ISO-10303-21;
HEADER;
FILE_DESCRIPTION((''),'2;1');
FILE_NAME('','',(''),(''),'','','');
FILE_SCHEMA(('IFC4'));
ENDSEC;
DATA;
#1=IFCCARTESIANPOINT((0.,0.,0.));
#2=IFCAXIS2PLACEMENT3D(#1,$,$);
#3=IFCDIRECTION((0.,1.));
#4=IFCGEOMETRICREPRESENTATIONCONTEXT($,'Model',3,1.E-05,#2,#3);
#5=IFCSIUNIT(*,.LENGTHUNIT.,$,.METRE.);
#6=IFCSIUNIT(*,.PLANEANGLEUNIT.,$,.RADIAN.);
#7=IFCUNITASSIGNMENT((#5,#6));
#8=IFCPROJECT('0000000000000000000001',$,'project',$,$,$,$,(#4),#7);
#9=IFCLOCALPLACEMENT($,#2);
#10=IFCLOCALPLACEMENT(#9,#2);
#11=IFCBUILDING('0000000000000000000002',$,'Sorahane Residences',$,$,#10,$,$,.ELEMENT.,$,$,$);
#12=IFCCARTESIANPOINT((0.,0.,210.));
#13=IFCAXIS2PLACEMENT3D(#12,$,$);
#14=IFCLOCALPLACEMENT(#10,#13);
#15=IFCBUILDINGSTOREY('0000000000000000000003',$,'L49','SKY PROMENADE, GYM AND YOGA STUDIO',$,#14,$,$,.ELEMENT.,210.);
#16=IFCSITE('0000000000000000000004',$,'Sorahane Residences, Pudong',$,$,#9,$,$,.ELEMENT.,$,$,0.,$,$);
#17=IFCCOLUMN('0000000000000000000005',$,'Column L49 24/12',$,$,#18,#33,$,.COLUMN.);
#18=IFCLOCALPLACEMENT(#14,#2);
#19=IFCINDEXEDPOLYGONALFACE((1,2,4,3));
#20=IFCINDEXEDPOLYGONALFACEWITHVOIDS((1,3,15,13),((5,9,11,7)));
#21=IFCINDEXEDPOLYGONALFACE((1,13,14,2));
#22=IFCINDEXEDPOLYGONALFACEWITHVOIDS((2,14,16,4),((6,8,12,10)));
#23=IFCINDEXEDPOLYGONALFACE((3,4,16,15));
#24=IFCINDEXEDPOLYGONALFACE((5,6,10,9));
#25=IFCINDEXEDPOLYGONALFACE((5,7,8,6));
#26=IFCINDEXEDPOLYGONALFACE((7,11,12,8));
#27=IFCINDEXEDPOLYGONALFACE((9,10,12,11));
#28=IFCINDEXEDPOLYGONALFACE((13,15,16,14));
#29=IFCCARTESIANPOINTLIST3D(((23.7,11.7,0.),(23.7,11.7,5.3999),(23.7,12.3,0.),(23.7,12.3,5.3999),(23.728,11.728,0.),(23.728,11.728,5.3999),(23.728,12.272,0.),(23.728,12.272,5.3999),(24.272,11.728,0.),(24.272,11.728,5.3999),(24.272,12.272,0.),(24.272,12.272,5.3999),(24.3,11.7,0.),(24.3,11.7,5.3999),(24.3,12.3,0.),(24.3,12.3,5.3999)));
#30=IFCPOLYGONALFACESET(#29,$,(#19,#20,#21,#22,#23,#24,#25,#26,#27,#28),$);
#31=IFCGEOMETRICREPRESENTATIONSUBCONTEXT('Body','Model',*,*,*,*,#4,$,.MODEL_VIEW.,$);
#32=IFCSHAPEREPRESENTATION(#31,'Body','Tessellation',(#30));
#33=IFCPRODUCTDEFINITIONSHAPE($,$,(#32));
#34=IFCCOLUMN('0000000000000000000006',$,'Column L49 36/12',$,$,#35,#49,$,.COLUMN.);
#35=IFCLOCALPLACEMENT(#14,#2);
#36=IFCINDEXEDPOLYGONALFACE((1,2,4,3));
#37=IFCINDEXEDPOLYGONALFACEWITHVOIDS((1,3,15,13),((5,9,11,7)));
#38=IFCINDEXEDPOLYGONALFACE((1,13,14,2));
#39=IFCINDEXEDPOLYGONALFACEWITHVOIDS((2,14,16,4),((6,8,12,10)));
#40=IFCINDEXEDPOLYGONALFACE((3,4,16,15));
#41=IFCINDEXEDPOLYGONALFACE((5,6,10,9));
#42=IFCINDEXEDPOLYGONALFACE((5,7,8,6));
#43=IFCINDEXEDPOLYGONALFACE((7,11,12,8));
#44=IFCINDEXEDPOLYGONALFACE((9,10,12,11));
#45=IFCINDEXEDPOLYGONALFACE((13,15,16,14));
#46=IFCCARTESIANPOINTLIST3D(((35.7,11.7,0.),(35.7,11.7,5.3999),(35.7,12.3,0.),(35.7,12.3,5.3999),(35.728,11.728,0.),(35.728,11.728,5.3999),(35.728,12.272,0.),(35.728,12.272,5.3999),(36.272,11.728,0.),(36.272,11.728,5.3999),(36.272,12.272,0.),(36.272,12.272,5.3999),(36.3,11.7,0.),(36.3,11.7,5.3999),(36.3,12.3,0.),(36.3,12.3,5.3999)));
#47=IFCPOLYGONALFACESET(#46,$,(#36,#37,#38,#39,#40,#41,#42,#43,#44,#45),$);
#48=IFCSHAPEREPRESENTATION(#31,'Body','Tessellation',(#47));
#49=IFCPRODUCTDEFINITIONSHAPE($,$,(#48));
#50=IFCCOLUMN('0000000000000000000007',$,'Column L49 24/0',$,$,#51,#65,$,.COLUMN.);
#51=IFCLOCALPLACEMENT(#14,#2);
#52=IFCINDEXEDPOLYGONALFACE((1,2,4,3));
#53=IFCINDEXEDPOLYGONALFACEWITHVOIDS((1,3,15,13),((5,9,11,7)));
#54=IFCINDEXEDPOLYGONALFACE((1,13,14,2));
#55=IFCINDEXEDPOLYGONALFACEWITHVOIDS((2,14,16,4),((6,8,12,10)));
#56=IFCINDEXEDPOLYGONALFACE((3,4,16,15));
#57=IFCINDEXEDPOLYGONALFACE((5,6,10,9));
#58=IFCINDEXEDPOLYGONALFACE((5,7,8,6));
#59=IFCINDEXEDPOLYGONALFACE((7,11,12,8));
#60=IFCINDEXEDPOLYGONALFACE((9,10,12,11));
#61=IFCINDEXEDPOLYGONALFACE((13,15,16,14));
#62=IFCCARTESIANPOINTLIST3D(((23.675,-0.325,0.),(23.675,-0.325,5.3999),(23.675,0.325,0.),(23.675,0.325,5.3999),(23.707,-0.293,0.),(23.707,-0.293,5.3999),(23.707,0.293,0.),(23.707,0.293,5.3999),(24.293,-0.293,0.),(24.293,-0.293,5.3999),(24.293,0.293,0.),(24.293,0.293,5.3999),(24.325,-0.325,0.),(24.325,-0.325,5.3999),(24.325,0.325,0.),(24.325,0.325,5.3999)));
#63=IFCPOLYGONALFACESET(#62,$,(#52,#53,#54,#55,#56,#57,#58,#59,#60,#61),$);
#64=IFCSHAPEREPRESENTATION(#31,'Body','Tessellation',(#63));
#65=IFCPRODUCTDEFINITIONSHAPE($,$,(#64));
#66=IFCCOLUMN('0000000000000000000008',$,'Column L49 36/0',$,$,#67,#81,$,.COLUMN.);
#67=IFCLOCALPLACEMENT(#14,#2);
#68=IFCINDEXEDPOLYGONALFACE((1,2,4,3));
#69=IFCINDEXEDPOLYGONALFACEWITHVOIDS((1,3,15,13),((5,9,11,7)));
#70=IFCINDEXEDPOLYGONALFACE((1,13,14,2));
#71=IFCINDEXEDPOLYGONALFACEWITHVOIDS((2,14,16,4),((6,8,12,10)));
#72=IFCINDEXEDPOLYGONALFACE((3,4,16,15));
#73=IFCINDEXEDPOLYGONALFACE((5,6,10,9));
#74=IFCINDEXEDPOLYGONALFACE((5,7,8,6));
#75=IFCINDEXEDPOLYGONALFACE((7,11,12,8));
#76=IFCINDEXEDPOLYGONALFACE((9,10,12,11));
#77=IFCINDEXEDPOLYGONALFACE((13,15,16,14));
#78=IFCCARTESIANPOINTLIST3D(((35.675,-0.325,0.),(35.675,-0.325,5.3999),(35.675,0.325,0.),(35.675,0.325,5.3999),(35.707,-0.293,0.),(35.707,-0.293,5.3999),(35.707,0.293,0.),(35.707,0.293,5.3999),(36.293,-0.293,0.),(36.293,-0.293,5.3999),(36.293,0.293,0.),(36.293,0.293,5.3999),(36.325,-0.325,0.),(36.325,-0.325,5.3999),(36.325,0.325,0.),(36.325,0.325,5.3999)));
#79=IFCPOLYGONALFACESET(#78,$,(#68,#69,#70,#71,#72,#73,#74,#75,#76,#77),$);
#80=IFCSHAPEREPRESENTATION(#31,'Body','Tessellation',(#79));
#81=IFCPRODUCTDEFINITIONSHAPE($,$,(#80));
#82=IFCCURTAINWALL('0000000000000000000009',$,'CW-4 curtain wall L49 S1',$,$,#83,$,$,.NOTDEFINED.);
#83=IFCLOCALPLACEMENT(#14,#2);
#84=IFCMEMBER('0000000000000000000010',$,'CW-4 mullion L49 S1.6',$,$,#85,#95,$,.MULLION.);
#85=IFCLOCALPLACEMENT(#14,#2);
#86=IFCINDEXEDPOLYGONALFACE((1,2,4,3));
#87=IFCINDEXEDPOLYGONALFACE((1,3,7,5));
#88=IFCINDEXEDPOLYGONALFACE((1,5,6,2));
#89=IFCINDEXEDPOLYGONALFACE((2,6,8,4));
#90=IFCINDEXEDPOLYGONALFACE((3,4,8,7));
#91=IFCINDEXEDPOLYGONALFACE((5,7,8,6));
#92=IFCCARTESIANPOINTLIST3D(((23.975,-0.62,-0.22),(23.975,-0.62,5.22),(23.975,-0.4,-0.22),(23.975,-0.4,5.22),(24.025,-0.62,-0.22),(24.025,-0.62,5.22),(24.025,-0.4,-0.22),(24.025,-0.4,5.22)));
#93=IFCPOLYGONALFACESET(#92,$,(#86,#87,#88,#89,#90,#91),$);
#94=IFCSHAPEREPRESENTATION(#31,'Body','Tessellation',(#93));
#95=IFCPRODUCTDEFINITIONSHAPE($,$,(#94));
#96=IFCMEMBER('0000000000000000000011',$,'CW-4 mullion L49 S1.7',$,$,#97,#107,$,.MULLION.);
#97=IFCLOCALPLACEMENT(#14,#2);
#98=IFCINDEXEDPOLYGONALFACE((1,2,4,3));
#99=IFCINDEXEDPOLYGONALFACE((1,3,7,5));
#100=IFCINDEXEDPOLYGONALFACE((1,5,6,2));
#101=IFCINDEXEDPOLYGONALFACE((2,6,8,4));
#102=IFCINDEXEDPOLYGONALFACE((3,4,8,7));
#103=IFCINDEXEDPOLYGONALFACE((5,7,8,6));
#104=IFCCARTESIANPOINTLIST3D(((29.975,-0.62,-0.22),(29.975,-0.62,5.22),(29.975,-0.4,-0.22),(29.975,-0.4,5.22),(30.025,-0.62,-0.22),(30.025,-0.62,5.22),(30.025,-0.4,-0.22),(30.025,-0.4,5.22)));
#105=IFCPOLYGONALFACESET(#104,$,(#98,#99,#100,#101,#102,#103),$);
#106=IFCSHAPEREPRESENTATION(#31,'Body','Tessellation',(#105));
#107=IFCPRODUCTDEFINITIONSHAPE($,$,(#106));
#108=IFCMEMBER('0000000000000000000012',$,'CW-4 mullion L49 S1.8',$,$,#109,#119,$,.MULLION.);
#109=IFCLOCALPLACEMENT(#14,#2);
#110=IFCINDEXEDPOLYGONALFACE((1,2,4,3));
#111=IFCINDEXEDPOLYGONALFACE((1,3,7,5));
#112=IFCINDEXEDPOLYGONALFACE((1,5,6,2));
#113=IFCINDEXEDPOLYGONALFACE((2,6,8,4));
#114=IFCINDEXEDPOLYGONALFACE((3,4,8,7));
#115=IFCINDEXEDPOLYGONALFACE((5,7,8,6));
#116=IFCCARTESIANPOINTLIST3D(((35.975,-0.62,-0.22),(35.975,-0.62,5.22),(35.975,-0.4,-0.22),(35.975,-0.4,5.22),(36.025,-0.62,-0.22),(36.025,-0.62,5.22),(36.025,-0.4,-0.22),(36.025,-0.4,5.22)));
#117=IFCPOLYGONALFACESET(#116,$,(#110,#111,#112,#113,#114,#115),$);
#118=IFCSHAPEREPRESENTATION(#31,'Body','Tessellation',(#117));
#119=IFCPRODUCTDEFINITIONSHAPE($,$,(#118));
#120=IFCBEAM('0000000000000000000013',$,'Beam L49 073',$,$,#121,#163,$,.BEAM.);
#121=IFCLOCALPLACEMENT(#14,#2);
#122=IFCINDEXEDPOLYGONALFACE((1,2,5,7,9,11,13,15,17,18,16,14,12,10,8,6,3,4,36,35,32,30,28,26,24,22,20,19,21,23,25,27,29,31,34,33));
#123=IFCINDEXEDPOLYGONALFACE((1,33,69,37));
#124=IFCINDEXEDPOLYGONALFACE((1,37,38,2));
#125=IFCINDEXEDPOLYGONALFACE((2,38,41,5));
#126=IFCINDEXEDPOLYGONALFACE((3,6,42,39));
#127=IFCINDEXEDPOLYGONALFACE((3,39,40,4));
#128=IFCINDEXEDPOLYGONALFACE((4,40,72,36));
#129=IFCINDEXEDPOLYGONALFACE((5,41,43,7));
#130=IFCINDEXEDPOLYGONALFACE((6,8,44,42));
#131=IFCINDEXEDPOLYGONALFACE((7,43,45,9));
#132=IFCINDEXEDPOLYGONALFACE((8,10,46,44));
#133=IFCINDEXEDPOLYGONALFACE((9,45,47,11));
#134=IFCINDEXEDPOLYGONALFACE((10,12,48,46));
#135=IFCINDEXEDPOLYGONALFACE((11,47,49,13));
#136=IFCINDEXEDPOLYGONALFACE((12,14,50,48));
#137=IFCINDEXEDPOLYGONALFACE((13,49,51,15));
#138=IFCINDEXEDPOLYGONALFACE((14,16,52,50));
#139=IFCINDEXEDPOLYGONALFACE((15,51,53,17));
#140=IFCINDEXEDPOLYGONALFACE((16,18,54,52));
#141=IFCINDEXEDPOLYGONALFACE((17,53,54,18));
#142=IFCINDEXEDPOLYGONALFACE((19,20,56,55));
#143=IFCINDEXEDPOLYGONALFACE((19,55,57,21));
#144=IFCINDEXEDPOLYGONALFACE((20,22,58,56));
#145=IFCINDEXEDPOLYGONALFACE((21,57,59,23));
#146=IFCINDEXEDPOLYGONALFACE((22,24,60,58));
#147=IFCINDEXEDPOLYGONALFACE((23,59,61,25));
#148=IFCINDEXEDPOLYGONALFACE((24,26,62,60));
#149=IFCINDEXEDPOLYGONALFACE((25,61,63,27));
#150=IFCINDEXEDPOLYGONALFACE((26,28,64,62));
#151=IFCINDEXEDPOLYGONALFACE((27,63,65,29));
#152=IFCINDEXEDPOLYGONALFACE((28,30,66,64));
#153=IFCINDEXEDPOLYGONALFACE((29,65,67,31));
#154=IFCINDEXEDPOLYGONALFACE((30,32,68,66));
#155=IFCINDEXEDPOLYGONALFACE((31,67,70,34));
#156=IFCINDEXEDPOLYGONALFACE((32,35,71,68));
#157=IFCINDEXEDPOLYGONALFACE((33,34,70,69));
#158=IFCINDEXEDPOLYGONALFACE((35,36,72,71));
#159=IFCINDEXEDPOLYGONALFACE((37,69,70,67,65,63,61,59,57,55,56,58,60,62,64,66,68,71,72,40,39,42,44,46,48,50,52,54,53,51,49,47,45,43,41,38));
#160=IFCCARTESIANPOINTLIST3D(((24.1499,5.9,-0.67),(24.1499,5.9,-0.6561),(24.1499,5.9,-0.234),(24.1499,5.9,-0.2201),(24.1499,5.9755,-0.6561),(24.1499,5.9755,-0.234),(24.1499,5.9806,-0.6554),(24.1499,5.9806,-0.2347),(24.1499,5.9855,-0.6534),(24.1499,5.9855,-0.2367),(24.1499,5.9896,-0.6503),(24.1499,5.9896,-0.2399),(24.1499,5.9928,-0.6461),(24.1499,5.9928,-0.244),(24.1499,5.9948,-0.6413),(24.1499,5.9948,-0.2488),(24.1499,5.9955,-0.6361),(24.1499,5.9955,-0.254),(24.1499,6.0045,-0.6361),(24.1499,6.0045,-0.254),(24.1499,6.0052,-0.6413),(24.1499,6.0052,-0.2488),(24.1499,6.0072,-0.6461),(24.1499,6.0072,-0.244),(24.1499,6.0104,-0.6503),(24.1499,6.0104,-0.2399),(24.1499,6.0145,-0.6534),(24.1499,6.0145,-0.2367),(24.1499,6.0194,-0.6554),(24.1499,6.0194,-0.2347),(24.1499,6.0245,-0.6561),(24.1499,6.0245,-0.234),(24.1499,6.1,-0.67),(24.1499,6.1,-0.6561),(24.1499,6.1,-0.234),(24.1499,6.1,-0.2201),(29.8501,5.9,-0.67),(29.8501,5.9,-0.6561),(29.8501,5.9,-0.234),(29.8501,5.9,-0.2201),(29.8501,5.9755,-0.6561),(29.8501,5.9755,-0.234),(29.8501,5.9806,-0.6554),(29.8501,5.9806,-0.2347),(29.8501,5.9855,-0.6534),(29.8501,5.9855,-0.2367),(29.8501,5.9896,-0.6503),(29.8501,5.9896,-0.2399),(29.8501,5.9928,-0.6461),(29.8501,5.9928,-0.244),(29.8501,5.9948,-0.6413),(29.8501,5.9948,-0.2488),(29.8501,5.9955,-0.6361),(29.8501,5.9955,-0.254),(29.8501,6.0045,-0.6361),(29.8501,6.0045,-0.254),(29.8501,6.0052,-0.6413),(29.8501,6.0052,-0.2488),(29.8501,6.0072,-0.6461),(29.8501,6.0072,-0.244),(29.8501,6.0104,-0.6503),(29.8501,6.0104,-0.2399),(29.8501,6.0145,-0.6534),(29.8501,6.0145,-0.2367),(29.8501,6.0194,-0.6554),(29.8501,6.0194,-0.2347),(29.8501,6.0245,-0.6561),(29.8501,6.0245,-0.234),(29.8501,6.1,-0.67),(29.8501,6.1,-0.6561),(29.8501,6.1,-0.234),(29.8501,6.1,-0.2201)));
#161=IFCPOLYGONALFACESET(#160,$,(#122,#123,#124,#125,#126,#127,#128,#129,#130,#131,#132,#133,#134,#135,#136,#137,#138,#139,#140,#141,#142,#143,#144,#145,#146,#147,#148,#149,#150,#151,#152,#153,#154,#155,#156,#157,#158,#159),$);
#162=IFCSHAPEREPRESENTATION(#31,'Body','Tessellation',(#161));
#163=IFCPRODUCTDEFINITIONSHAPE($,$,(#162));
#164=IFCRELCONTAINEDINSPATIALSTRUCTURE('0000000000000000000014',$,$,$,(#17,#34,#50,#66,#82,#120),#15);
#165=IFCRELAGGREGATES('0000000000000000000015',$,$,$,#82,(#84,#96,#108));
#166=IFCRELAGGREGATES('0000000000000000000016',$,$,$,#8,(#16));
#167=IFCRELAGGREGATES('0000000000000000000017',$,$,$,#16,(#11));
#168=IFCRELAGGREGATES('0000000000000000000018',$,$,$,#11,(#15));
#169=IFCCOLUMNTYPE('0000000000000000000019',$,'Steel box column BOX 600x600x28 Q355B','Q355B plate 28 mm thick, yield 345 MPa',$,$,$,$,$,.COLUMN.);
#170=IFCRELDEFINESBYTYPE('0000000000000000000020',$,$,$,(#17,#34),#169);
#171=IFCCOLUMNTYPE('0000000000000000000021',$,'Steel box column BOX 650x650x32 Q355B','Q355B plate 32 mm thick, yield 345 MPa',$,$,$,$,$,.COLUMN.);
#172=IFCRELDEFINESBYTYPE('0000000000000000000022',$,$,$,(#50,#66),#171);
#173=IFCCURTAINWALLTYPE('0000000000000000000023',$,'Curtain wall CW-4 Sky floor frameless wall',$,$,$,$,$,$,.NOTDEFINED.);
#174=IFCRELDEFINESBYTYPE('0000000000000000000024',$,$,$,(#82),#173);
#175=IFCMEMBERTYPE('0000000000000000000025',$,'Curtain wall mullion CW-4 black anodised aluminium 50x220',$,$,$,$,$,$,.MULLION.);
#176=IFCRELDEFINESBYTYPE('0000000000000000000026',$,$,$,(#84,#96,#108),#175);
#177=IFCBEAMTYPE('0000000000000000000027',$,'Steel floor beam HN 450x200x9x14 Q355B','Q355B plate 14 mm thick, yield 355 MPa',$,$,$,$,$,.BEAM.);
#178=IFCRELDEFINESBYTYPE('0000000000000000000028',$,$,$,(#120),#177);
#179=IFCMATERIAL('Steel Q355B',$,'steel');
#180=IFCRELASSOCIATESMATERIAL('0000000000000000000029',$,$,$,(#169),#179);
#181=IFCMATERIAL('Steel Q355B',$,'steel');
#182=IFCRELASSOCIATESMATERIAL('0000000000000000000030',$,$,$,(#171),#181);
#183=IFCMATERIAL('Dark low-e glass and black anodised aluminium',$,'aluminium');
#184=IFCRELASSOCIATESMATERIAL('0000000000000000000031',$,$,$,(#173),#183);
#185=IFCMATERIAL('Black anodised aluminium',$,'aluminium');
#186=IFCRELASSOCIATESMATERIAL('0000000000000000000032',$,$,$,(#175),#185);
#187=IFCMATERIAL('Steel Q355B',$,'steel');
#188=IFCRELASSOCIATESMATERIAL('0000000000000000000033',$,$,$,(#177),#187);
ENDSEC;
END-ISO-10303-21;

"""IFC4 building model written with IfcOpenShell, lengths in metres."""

from ifc_helpers import new_model, si_unit, direction, frame, origin, origin_2d, place, context, subcontext, project, spatial, rectangle, hollow_rectangle, i_section, extrude, material, material_profile, profile_set, type_object, element, aggregate, save


model = new_model("IFC4")

# Units and contexts
model_context = context("Model", 3, precision=1e-05, world=origin(), true_north=direction((0.0, 1.0)))
body_context = subcontext(model_context, "Body", "Model", "MODEL_VIEW")
ifc_project = project(units=[si_unit("LENGTHUNIT", "METRE"), si_unit("PLANEANGLEUNIT", "RADIAN")], contexts=[model_context])

# Site, building, storey
site_placement = place(None, origin())
site = spatial("IfcSite", under=ifc_project, at=site_placement, Name="Sorahane Residences, Pudong", CompositionType="ELEMENT", RefElevation=0.0)
building_placement = place(site_placement, origin())
building = spatial("IfcBuilding", under=site, at=building_placement, Name="Sorahane Residences", CompositionType="ELEMENT")
storey_placement = place(building_placement, frame((0.0, 0.0, 210.0)))
storey = spatial("IfcBuildingStorey", under=building, at=storey_placement, Name="L49", Description="SKY PROMENADE, GYM AND YOGA STUDIO", CompositionType="ELEMENT", Elevation=210.0)

# Columns
ifc_material_1 = material(Name="Steel Q355B", Category="steel")
ifc_material_profile_1 = material_profile(ifc_material_1, hollow_rectangle(XDim=0.6001, YDim=0.6001, WallThickness=0.0281, at=origin_2d()), Name="BOX 600x600x28")
ifc_profile_set_1 = profile_set([ifc_material_profile_1], Name="Steel Q355B")
column_type_1 = type_object("IfcColumnType", Name="Steel box column BOX 600x600x28 Q355B", Description="Q355B plate 28 mm thick, yield 345 MPa", PredefinedType="COLUMN", material=ifc_profile_set_1)
for number, where, z_axis, x_axis, name in (
    (1, (24.0, 12.0, 0.0), (0.0, 0.0, 1.0), (1.0, 0.0, 0.0), "Column L49 24/12"),
    (2, (36.0, 12.0, 0.0), (0.0, 0.0, 1.0), (1.0, 0.0, 0.0), "Column L49 36/12"),
):
    element("IfcColumn", number, at=place(storey_placement, frame(where, z_axis=z_axis, x_axis=x_axis)), inside=storey, type_object=column_type_1, Name=name, PredefinedType="COLUMN", context=body_context, shape_type="SweptSolid", body=[
        extrude(hollow_rectangle(XDim=0.6001, YDim=0.6001, WallThickness=0.0281, at=origin_2d()), origin(), (0.0, 0.0, 1.0), 5.3999),
    ])
ifc_material_2 = material(Name="Steel Q355B", Category="steel")
ifc_material_profile_2 = material_profile(ifc_material_2, hollow_rectangle(XDim=0.6499, YDim=0.6499, WallThickness=0.032, at=origin_2d()), Name="BOX 650x650x32")
ifc_profile_set_2 = profile_set([ifc_material_profile_2], Name="Steel Q355B")
column_type_2 = type_object("IfcColumnType", Name="Steel box column BOX 650x650x32 Q355B", Description="Q355B plate 32 mm thick, yield 345 MPa", PredefinedType="COLUMN", material=ifc_profile_set_2)
for number, where, z_axis, x_axis, name in (
    (3, (24.0, 0.0, 0.0), (0.0, 0.0, 1.0), (1.0, 0.0, 0.0), "Column L49 24/0"),
    (4, (36.0, 0.0, 0.0), (0.0, 0.0, 1.0), (1.0, 0.0, 0.0), "Column L49 36/0"),
):
    element("IfcColumn", number, at=place(storey_placement, frame(where, z_axis=z_axis, x_axis=x_axis)), inside=storey, type_object=column_type_2, Name=name, PredefinedType="COLUMN", context=body_context, shape_type="SweptSolid", body=[
        extrude(hollow_rectangle(XDim=0.6499, YDim=0.6499, WallThickness=0.032, at=origin_2d()), origin(), (0.0, 0.0, 1.0), 5.3999),
    ])

# Curtain wall, members
ifc_material_3 = material(Name="Dark low-e glass and black anodised aluminium", Category="aluminium")
curtain_wall_type = type_object("IfcCurtainWallType", Name="Curtain wall CW-4 Sky floor frameless wall", PredefinedType="NOTDEFINED", material=ifc_material_3)
curtain_wall_placement = place(storey_placement, origin())
curtain_wall = element("IfcCurtainWall", 5, at=curtain_wall_placement, inside=storey, type_object=curtain_wall_type, Name="CW-4 curtain wall L49 S1", PredefinedType="NOTDEFINED")
ifc_material_4 = material(Name="Black anodised aluminium", Category="aluminium")
ifc_material_profile_3 = material_profile(ifc_material_4, rectangle(XDim=0.22, YDim=0.05, at=origin_2d()), Name="Curtain wall mullion CW-4 black anodised aluminium 50x220")
ifc_profile_set_3 = profile_set([ifc_material_profile_3], Name="Black anodised aluminium")
member_type = type_object("IfcMemberType", Name="Curtain wall mullion CW-4 black anodised aluminium 50x220", PredefinedType="MULLION", material=ifc_profile_set_3)
member_1_placement = place(storey_placement, frame((24.0, -0.51, -0.22), z_axis=(0.0, 0.0, 1.0), x_axis=(0.0, -1.0, 0.0)))
member_1 = element("IfcMember", 6, at=member_1_placement, type_object=member_type, Name="CW-4 mullion L49 S1.6", PredefinedType="MULLION", context=body_context, shape_type="SweptSolid", body=[
    extrude(rectangle(XDim=0.22, YDim=0.05, at=origin_2d()), origin(), (0.0, 0.0, 1.0), 5.4399),
])
member_2_placement = place(storey_placement, frame((30.0, -0.51, -0.22), z_axis=(0.0, 0.0, 1.0), x_axis=(0.0, -1.0, 0.0)))
member_2 = element("IfcMember", 7, at=member_2_placement, type_object=member_type, Name="CW-4 mullion L49 S1.7", PredefinedType="MULLION", context=body_context, shape_type="SweptSolid", body=[
    extrude(rectangle(XDim=0.22, YDim=0.05, at=origin_2d()), origin(), (0.0, 0.0, 1.0), 5.4399),
])
member_3_placement = place(storey_placement, frame((36.0, -0.51, -0.22), z_axis=(0.0, 0.0, 1.0), x_axis=(0.0, -1.0, 0.0)))
member_3 = element("IfcMember", 8, at=member_3_placement, type_object=member_type, Name="CW-4 mullion L49 S1.8", PredefinedType="MULLION", context=body_context, shape_type="SweptSolid", body=[
    extrude(rectangle(XDim=0.22, YDim=0.05, at=origin_2d()), origin(), (0.0, 0.0, 1.0), 5.4399),
])

# Beam
ifc_material_5 = material(Name="Steel Q355B", Category="steel")
ifc_material_profile_4 = material_profile(ifc_material_5, i_section(OverallWidth=0.2, OverallDepth=0.45, WebThickness=0.009, FlangeThickness=0.0139, FilletRadius=0.02, at=origin_2d()), Name="HN 450x200x9x14")
ifc_profile_set_4 = profile_set([ifc_material_profile_4], Name="Steel Q355B")
beam_type_1 = type_object("IfcBeamType", Name="Steel floor beam HN 450x200x9x14 Q355B", Description="Q355B plate 14 mm thick, yield 355 MPa", PredefinedType="BEAM", material=ifc_profile_set_4)
for number, where, z_axis, x_axis, name in (
    (9, (24.1499, 6.0, -0.4451), (1.0, 0.0, 0.0), (0.0, 1.0, 0.0), "Beam L49 073"),
):
    element("IfcBeam", number, at=place(storey_placement, frame(where, z_axis=z_axis, x_axis=x_axis)), inside=storey, type_object=beam_type_1, Name=name, PredefinedType="BEAM", context=body_context, shape_type="SweptSolid", body=[
        extrude(i_section(OverallWidth=0.2, OverallDepth=0.45, WebThickness=0.009, FlangeThickness=0.0139, FilletRadius=0.02, at=origin_2d()), origin(), (0.0, 0.0, 1.0), 5.7002),
    ])

aggregate(curtain_wall, [member_1, member_2, member_3])

save(model, "model.ifc")
